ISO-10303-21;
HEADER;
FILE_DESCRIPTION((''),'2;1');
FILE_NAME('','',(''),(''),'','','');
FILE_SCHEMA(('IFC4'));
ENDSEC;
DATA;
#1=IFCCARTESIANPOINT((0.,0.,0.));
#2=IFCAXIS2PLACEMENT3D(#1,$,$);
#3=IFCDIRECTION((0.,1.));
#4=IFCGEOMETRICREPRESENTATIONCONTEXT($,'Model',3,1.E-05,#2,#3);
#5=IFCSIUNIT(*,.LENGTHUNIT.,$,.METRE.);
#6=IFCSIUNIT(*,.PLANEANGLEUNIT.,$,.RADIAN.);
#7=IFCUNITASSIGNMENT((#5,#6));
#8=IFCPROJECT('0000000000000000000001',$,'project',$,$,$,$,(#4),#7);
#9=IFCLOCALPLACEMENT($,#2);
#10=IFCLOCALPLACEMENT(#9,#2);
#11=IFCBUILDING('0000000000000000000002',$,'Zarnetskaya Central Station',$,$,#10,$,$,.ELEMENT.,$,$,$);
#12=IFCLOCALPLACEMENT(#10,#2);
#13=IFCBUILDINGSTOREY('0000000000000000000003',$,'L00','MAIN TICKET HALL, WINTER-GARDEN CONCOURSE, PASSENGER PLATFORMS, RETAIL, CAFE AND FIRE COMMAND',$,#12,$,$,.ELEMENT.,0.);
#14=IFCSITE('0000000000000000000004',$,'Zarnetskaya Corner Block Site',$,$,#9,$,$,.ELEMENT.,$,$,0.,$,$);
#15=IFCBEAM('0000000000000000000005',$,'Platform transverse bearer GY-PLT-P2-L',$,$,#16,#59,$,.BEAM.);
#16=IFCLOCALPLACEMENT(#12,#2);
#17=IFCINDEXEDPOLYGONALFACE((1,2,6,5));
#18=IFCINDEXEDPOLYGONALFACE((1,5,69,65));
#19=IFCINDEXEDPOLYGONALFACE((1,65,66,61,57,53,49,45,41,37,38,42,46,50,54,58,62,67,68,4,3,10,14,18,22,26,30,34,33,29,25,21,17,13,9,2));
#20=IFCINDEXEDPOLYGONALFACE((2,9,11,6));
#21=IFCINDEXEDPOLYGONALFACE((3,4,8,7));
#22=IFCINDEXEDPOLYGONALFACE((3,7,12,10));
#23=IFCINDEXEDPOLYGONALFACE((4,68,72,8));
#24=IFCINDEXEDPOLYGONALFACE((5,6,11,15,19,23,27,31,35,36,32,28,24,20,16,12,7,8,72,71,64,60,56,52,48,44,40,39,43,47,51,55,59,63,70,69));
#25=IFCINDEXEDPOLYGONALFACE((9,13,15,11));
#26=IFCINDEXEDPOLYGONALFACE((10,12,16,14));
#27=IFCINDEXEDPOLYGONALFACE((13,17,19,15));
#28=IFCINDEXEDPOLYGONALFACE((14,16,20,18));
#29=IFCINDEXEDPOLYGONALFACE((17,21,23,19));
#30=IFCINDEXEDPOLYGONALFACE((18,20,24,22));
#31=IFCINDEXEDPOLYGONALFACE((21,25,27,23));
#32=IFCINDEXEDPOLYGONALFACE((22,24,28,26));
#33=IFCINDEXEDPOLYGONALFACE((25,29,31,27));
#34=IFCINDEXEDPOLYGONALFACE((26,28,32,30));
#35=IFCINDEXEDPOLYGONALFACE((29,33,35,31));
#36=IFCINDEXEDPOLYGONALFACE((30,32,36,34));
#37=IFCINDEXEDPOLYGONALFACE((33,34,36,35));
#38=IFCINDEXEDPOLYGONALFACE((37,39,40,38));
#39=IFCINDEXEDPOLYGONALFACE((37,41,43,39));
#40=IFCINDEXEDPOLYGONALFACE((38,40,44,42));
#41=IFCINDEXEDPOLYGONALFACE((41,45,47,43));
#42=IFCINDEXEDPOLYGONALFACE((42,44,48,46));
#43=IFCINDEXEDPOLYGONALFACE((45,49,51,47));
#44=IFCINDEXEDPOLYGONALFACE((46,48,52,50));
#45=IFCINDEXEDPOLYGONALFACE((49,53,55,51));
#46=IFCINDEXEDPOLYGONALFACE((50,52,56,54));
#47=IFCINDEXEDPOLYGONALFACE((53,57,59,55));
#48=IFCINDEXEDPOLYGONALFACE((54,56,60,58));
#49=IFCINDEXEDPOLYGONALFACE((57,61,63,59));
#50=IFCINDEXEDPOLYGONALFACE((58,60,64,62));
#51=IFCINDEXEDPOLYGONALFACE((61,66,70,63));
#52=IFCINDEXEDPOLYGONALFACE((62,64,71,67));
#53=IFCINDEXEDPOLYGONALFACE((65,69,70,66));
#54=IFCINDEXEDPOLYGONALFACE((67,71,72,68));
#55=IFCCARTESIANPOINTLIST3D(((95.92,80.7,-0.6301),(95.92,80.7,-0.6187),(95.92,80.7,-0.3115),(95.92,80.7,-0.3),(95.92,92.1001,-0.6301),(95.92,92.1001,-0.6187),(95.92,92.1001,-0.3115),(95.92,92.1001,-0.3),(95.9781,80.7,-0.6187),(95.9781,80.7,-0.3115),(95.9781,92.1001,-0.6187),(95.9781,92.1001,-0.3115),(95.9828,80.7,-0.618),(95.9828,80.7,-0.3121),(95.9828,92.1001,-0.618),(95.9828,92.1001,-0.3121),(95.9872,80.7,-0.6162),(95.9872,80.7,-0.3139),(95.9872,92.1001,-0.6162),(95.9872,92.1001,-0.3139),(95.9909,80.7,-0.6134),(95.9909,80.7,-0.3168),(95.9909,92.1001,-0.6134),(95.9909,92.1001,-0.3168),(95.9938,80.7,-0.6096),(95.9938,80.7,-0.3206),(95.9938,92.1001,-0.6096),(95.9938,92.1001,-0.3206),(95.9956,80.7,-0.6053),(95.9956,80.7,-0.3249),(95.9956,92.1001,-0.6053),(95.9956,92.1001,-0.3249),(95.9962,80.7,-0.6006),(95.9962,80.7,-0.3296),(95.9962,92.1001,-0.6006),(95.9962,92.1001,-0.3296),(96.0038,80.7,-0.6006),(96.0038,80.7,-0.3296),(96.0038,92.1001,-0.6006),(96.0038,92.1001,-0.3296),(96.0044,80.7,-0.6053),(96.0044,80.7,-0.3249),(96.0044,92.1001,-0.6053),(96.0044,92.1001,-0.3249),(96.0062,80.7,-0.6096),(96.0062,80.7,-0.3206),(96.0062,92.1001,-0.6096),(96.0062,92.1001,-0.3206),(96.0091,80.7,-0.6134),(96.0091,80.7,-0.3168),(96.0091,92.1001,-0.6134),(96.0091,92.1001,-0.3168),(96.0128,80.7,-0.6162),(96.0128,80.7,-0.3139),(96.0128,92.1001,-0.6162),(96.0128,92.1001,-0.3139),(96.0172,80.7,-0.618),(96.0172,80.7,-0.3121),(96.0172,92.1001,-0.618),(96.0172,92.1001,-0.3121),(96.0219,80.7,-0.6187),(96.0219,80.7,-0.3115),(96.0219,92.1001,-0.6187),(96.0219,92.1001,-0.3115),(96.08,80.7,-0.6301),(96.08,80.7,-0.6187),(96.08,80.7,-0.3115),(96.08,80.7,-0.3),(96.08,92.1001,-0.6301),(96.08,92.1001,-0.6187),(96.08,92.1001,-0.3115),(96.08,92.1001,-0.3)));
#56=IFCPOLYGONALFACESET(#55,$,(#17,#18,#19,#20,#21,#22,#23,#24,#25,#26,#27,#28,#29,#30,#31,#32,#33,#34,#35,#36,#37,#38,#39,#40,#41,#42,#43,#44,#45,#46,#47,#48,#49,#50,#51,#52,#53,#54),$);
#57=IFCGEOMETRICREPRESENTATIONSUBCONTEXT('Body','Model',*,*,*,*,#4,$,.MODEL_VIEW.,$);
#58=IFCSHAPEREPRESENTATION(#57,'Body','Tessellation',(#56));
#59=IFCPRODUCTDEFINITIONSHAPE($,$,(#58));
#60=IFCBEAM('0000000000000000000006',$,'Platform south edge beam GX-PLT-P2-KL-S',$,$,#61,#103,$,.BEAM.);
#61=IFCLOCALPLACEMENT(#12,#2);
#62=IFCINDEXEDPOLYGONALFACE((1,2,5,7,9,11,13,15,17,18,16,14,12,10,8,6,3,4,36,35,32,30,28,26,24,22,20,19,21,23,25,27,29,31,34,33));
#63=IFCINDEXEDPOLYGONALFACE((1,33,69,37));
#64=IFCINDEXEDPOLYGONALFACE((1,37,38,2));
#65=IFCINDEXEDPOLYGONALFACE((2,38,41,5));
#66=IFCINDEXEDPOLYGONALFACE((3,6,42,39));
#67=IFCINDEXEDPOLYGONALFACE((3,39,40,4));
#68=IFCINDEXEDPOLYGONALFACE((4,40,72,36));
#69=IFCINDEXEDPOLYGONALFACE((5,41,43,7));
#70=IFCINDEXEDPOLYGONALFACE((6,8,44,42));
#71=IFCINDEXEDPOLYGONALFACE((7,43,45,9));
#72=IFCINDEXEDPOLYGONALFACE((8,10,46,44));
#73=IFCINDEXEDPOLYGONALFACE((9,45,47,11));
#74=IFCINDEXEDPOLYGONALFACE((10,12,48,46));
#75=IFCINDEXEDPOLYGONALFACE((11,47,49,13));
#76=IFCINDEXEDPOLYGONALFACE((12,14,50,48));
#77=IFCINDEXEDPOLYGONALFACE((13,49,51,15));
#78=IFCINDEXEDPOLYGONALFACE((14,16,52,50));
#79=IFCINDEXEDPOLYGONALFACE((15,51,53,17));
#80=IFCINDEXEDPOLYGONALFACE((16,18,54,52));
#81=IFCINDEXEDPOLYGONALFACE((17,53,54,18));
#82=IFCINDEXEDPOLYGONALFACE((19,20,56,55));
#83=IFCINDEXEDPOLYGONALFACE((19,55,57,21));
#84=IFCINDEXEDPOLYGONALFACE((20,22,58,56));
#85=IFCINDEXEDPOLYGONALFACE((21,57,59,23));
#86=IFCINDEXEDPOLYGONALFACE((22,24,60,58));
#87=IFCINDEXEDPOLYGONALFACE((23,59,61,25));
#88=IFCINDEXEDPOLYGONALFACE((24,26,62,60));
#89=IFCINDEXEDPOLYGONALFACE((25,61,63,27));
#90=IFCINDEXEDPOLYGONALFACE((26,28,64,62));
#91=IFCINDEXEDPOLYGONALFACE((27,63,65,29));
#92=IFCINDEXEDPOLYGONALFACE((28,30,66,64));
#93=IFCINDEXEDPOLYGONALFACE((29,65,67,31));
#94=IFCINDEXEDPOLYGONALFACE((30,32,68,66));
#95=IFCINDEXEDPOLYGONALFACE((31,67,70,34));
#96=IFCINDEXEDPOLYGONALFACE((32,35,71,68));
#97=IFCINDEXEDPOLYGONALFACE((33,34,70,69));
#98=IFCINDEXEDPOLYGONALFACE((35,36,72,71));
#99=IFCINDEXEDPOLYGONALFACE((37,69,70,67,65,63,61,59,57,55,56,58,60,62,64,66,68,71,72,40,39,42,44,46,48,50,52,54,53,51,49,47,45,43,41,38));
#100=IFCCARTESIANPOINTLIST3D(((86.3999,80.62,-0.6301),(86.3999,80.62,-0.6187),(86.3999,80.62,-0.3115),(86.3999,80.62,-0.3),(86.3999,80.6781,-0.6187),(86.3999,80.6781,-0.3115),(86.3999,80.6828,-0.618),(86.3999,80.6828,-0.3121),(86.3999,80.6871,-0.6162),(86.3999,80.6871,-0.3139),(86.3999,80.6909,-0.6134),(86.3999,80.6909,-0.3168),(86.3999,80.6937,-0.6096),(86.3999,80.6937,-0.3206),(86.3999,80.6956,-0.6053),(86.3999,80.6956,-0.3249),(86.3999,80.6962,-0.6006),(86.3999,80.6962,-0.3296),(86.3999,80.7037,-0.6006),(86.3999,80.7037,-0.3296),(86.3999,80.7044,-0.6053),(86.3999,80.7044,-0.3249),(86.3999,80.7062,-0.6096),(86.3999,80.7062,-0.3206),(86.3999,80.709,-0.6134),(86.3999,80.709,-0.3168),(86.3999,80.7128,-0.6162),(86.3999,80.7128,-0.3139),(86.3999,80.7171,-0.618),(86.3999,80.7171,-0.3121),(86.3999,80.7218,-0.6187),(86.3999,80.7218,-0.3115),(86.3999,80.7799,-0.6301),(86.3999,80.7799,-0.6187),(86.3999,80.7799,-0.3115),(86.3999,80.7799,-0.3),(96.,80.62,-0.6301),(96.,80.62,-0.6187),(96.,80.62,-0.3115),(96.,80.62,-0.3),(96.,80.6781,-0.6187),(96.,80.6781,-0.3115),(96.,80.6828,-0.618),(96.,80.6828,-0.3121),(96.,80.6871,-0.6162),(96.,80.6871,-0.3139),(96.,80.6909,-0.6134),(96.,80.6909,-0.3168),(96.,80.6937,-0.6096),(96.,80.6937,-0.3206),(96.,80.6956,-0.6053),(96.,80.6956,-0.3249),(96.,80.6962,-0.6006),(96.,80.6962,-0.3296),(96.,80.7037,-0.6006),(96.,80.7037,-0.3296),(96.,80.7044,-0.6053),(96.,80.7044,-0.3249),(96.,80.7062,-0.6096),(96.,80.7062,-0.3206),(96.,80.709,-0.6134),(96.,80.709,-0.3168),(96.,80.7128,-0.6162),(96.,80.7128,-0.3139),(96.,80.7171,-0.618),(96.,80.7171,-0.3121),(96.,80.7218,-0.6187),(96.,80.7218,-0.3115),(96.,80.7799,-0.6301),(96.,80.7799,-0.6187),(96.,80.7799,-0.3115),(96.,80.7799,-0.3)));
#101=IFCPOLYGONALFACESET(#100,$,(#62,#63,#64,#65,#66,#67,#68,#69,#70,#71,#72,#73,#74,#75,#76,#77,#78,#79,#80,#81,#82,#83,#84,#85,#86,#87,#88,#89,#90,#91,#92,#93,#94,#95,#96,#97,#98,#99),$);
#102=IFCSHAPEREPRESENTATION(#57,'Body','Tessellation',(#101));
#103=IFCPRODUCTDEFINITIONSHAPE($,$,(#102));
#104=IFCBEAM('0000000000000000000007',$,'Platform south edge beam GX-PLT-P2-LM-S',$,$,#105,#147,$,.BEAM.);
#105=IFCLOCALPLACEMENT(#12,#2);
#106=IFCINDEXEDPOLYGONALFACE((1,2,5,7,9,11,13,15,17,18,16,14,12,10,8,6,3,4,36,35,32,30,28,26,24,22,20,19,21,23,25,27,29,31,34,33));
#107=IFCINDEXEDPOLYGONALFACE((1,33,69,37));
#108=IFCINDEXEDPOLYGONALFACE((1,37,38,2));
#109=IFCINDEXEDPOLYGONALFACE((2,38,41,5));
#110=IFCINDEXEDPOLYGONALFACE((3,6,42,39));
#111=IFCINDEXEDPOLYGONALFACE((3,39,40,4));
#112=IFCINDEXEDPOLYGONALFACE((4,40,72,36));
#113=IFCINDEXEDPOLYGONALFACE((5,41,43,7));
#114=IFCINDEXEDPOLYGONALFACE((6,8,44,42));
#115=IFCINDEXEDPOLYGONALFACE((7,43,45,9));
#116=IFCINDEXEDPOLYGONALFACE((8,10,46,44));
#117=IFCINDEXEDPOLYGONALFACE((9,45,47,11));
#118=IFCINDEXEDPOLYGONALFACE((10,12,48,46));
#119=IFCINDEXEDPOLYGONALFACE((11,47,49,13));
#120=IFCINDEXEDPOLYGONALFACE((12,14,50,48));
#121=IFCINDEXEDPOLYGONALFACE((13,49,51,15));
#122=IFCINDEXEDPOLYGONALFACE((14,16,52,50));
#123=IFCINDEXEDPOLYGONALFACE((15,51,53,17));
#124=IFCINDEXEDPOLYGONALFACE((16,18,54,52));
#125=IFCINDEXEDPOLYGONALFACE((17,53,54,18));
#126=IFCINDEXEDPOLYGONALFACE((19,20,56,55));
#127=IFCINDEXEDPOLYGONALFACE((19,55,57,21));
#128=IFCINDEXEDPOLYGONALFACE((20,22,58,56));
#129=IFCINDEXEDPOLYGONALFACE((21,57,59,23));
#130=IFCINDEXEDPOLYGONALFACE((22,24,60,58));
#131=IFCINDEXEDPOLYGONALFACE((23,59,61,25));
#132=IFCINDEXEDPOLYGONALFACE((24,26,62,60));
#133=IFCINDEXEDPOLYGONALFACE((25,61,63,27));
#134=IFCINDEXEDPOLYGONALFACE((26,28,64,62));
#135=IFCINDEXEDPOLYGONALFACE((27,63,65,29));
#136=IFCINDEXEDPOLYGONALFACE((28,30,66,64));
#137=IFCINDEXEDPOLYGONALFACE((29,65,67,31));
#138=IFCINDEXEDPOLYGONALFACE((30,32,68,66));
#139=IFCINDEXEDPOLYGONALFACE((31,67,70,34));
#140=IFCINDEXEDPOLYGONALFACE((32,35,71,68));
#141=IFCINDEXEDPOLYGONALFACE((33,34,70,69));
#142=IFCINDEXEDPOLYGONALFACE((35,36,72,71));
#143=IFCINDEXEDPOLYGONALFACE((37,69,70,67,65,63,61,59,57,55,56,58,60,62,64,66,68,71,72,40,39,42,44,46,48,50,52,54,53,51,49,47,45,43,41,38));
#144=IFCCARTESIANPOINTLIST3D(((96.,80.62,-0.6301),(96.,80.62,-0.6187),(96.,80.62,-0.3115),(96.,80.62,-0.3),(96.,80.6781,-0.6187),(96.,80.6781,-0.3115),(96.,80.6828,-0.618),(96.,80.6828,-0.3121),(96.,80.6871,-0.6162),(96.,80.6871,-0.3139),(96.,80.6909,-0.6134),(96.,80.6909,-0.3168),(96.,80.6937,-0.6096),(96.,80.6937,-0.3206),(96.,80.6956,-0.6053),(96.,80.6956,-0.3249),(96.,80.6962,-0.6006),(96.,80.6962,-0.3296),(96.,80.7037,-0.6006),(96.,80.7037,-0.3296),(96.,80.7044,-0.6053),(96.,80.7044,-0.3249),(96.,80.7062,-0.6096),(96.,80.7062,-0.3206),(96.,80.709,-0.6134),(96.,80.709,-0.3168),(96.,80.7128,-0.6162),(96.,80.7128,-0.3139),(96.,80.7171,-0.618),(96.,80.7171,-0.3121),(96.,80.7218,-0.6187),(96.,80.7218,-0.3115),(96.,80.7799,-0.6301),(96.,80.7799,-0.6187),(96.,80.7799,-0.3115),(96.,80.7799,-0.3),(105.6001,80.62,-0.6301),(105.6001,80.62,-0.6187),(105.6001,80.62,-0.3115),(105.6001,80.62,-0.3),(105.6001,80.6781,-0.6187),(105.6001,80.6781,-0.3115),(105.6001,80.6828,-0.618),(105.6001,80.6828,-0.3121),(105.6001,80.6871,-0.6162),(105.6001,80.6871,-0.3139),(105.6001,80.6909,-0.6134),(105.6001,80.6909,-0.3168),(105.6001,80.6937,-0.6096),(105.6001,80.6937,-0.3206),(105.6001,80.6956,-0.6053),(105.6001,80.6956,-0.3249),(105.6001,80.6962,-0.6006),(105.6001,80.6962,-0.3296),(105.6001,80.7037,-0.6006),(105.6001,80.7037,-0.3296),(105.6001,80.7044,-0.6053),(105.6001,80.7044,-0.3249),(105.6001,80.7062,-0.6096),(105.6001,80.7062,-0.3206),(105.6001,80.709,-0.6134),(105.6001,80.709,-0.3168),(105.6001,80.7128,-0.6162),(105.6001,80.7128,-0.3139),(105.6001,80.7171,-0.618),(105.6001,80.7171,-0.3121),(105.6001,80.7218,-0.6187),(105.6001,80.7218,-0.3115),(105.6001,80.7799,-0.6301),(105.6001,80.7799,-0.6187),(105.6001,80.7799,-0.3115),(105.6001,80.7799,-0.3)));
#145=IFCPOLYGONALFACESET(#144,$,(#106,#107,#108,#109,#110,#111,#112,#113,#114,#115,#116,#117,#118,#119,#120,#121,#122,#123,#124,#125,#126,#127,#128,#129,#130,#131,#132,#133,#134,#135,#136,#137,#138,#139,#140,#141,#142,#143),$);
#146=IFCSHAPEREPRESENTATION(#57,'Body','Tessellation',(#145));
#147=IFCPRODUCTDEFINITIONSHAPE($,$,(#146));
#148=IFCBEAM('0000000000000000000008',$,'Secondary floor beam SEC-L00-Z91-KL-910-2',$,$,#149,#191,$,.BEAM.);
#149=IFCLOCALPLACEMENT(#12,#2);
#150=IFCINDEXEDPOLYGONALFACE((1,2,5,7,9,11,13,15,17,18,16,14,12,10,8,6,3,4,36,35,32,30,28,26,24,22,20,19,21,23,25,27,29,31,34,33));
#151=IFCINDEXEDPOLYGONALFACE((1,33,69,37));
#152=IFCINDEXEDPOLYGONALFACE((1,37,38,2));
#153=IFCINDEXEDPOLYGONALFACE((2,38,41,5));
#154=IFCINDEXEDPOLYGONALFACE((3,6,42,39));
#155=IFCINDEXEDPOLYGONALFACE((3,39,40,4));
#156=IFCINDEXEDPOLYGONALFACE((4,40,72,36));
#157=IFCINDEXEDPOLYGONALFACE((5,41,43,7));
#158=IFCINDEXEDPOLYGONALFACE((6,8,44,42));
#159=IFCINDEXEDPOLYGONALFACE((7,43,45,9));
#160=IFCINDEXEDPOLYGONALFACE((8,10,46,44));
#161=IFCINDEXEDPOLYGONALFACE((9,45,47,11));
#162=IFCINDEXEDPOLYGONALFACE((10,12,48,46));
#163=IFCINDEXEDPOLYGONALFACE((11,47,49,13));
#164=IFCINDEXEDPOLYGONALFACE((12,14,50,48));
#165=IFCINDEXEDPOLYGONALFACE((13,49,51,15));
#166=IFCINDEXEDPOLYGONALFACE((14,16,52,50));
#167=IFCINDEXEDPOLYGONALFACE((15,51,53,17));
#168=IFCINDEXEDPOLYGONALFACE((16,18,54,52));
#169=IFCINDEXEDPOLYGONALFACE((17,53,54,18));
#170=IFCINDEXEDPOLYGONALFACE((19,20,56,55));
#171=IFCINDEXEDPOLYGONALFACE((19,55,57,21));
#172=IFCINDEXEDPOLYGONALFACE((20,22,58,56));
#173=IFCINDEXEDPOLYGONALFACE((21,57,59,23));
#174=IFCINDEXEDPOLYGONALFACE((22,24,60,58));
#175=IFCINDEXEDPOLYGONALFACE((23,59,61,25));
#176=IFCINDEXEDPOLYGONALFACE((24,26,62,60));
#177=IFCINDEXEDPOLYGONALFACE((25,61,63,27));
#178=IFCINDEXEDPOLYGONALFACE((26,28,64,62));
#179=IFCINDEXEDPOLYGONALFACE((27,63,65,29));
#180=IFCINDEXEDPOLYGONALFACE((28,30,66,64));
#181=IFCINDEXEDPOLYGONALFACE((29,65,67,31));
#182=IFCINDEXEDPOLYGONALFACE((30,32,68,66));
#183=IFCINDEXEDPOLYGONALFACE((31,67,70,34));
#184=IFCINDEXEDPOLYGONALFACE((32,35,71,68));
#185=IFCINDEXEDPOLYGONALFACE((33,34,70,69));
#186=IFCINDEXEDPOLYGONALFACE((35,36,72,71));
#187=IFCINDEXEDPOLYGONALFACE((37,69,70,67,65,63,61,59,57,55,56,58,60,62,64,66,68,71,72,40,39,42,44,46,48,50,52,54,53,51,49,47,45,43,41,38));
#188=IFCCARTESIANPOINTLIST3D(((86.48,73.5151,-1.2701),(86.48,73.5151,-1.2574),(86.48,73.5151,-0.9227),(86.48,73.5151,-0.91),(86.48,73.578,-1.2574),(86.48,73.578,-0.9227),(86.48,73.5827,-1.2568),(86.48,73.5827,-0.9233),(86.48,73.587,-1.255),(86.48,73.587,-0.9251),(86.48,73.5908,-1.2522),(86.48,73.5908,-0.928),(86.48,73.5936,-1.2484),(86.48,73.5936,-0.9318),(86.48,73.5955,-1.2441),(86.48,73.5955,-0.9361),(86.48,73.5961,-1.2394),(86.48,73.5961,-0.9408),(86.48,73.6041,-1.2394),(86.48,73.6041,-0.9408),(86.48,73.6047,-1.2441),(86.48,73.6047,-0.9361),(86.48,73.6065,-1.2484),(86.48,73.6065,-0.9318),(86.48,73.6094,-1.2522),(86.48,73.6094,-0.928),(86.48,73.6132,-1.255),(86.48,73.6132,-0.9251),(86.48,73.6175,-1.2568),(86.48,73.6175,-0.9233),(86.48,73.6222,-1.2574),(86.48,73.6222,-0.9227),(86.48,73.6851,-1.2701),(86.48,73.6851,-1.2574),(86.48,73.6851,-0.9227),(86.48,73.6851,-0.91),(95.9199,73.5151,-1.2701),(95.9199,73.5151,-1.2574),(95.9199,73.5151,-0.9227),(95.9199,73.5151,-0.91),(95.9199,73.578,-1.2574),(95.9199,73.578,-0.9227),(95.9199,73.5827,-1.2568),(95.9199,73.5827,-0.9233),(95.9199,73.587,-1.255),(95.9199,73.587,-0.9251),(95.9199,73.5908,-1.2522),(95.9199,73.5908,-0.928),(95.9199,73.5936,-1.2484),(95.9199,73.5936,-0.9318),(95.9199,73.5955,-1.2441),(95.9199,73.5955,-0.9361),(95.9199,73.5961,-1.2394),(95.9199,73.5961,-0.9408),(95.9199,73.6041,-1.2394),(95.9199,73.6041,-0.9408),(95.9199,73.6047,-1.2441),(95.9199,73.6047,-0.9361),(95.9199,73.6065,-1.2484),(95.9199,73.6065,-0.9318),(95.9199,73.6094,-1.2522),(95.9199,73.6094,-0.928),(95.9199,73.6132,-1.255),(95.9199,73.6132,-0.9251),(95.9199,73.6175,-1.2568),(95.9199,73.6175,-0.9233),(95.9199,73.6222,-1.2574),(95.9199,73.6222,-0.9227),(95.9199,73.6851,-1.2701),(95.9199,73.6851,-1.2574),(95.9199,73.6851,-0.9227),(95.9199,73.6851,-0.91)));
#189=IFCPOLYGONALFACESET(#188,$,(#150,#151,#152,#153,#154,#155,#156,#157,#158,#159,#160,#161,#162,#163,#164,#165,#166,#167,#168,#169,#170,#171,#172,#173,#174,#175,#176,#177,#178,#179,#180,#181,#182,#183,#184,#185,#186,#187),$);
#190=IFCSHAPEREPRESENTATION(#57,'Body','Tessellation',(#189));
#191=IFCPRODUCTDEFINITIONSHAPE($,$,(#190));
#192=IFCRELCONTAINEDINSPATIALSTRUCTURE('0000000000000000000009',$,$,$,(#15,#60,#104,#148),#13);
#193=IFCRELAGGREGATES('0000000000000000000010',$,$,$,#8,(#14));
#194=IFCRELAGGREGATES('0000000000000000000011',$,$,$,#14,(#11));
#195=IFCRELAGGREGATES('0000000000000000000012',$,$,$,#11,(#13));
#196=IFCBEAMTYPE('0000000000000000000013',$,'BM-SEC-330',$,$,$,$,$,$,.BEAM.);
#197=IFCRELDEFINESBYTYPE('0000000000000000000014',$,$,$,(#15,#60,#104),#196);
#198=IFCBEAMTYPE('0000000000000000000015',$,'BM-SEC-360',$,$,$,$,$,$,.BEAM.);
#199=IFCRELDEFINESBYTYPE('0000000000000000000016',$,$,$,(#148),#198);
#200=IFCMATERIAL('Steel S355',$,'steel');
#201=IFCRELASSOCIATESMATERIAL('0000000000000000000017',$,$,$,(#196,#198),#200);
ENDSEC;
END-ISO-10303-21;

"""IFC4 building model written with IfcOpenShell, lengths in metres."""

from ifc_helpers import new_model, si_unit, direction, frame, origin, origin_2d, place, context, subcontext, project, spatial, i_section, extrude, material, material_profile, profile_set, type_object, element, save


model = new_model("IFC4")

# Units and contexts
model_context = context("Model", 3, precision=1e-05, world=origin(), true_north=direction((0.0, 1.0)))
body_context = subcontext(model_context, "Body", "Model", "MODEL_VIEW")
ifc_project = project(units=[si_unit("LENGTHUNIT", "METRE"), si_unit("PLANEANGLEUNIT", "RADIAN")], contexts=[model_context])

# Site, building, storey
site_placement = place(None, origin())
site = spatial("IfcSite", under=ifc_project, at=site_placement, Name="Zarnetskaya Corner Block Site", CompositionType="ELEMENT", RefElevation=0.0)
building_placement = place(site_placement, origin())
building = spatial("IfcBuilding", under=site, at=building_placement, Name="Zarnetskaya Central Station", CompositionType="ELEMENT")
storey_placement = place(building_placement, origin())
storey = spatial("IfcBuildingStorey", under=building, at=storey_placement, Name="L00", Description="MAIN TICKET HALL, WINTER-GARDEN CONCOURSE, PASSENGER PLATFORMS, RETAIL, CAFE AND FIRE COMMAND", CompositionType="ELEMENT", Elevation=0.0)

# Shared definitions
ifc_material_1 = material(Name="Steel S355", Category="steel")

# Beams
ifc_material_profile_1 = material_profile(ifc_material_1, i_section(OverallWidth=0.1599, OverallDepth=0.3301, WebThickness=0.0076, FlangeThickness=0.0115, FilletRadius=0.0181, at=origin_2d()), Name="IPE 330")
ifc_profile_set_1 = profile_set([ifc_material_profile_1], Name="Steel S355")
beam_type_1 = type_object("IfcBeamType", Name="BM-SEC-330", PredefinedType="BEAM", material=ifc_profile_set_1)
for number, where, z_axis, x_axis, name in (
    (1, (96.0, 80.7, -0.4651), (0.0, 1.0, 0.0), (-1.0, 0.0, 0.0), "Platform transverse bearer GY-PLT-P2-L"),
):
    element("IfcBeam", number, at=place(storey_placement, frame(where, z_axis=z_axis, x_axis=x_axis)), inside=storey, type_object=beam_type_1, Name=name, PredefinedType="BEAM", context=body_context, shape_type="SweptSolid", body=[
        extrude(i_section(OverallWidth=0.1599, OverallDepth=0.3301, WebThickness=0.0076, FlangeThickness=0.0115, FilletRadius=0.0181, at=origin_2d()), origin(), (0.0, 0.0, 1.0), 11.4001),
    ])
for number, where, z_axis, x_axis, name in (
    (2, (86.3999, 80.7, -0.4651), (1.0, 0.0, 0.0), (0.0, 1.0, 0.0), "Platform south edge beam GX-PLT-P2-KL-S"),
    (3, (96.0, 80.7, -0.4651), (1.0, 0.0, 0.0), (0.0, 1.0, 0.0), "Platform south edge beam GX-PLT-P2-LM-S"),
):
    element("IfcBeam", number, at=place(storey_placement, frame(where, z_axis=z_axis, x_axis=x_axis)), inside=storey, type_object=beam_type_1, Name=name, PredefinedType="BEAM", context=body_context, shape_type="SweptSolid", body=[
        extrude(i_section(OverallWidth=0.1599, OverallDepth=0.3301, WebThickness=0.0076, FlangeThickness=0.0115, FilletRadius=0.0181, at=origin_2d()), origin(), (0.0, 0.0, 1.0), 9.6001),
    ])
ifc_material_profile_2 = material_profile(ifc_material_1, i_section(OverallWidth=0.1699, OverallDepth=0.3601, WebThickness=0.0081, FlangeThickness=0.0127, FilletRadius=0.0181, at=origin_2d()), Name="IPE 360")
ifc_profile_set_2 = profile_set([ifc_material_profile_2], Name="Steel S355")
beam_type_2 = type_object("IfcBeamType", Name="BM-SEC-360", PredefinedType="BEAM", material=ifc_profile_set_2)
for number, where, z_axis, x_axis, name in (
    (4, (86.48, 73.6001, -1.0901), (1.0, 0.0, 0.0), (0.0, 1.0, 0.0), "Secondary floor beam SEC-L00-Z91-KL-910-2"),
):
    element("IfcBeam", number, at=place(storey_placement, frame(where, z_axis=z_axis, x_axis=x_axis)), inside=storey, type_object=beam_type_2, Name=name, PredefinedType="BEAM", context=body_context, shape_type="SweptSolid", body=[
        extrude(i_section(OverallWidth=0.1699, OverallDepth=0.3601, WebThickness=0.0081, FlangeThickness=0.0127, FilletRadius=0.0181, at=origin_2d()), origin(), (0.0, 0.0, 1.0), 9.4399),
    ])

save(model, "model.ifc")
